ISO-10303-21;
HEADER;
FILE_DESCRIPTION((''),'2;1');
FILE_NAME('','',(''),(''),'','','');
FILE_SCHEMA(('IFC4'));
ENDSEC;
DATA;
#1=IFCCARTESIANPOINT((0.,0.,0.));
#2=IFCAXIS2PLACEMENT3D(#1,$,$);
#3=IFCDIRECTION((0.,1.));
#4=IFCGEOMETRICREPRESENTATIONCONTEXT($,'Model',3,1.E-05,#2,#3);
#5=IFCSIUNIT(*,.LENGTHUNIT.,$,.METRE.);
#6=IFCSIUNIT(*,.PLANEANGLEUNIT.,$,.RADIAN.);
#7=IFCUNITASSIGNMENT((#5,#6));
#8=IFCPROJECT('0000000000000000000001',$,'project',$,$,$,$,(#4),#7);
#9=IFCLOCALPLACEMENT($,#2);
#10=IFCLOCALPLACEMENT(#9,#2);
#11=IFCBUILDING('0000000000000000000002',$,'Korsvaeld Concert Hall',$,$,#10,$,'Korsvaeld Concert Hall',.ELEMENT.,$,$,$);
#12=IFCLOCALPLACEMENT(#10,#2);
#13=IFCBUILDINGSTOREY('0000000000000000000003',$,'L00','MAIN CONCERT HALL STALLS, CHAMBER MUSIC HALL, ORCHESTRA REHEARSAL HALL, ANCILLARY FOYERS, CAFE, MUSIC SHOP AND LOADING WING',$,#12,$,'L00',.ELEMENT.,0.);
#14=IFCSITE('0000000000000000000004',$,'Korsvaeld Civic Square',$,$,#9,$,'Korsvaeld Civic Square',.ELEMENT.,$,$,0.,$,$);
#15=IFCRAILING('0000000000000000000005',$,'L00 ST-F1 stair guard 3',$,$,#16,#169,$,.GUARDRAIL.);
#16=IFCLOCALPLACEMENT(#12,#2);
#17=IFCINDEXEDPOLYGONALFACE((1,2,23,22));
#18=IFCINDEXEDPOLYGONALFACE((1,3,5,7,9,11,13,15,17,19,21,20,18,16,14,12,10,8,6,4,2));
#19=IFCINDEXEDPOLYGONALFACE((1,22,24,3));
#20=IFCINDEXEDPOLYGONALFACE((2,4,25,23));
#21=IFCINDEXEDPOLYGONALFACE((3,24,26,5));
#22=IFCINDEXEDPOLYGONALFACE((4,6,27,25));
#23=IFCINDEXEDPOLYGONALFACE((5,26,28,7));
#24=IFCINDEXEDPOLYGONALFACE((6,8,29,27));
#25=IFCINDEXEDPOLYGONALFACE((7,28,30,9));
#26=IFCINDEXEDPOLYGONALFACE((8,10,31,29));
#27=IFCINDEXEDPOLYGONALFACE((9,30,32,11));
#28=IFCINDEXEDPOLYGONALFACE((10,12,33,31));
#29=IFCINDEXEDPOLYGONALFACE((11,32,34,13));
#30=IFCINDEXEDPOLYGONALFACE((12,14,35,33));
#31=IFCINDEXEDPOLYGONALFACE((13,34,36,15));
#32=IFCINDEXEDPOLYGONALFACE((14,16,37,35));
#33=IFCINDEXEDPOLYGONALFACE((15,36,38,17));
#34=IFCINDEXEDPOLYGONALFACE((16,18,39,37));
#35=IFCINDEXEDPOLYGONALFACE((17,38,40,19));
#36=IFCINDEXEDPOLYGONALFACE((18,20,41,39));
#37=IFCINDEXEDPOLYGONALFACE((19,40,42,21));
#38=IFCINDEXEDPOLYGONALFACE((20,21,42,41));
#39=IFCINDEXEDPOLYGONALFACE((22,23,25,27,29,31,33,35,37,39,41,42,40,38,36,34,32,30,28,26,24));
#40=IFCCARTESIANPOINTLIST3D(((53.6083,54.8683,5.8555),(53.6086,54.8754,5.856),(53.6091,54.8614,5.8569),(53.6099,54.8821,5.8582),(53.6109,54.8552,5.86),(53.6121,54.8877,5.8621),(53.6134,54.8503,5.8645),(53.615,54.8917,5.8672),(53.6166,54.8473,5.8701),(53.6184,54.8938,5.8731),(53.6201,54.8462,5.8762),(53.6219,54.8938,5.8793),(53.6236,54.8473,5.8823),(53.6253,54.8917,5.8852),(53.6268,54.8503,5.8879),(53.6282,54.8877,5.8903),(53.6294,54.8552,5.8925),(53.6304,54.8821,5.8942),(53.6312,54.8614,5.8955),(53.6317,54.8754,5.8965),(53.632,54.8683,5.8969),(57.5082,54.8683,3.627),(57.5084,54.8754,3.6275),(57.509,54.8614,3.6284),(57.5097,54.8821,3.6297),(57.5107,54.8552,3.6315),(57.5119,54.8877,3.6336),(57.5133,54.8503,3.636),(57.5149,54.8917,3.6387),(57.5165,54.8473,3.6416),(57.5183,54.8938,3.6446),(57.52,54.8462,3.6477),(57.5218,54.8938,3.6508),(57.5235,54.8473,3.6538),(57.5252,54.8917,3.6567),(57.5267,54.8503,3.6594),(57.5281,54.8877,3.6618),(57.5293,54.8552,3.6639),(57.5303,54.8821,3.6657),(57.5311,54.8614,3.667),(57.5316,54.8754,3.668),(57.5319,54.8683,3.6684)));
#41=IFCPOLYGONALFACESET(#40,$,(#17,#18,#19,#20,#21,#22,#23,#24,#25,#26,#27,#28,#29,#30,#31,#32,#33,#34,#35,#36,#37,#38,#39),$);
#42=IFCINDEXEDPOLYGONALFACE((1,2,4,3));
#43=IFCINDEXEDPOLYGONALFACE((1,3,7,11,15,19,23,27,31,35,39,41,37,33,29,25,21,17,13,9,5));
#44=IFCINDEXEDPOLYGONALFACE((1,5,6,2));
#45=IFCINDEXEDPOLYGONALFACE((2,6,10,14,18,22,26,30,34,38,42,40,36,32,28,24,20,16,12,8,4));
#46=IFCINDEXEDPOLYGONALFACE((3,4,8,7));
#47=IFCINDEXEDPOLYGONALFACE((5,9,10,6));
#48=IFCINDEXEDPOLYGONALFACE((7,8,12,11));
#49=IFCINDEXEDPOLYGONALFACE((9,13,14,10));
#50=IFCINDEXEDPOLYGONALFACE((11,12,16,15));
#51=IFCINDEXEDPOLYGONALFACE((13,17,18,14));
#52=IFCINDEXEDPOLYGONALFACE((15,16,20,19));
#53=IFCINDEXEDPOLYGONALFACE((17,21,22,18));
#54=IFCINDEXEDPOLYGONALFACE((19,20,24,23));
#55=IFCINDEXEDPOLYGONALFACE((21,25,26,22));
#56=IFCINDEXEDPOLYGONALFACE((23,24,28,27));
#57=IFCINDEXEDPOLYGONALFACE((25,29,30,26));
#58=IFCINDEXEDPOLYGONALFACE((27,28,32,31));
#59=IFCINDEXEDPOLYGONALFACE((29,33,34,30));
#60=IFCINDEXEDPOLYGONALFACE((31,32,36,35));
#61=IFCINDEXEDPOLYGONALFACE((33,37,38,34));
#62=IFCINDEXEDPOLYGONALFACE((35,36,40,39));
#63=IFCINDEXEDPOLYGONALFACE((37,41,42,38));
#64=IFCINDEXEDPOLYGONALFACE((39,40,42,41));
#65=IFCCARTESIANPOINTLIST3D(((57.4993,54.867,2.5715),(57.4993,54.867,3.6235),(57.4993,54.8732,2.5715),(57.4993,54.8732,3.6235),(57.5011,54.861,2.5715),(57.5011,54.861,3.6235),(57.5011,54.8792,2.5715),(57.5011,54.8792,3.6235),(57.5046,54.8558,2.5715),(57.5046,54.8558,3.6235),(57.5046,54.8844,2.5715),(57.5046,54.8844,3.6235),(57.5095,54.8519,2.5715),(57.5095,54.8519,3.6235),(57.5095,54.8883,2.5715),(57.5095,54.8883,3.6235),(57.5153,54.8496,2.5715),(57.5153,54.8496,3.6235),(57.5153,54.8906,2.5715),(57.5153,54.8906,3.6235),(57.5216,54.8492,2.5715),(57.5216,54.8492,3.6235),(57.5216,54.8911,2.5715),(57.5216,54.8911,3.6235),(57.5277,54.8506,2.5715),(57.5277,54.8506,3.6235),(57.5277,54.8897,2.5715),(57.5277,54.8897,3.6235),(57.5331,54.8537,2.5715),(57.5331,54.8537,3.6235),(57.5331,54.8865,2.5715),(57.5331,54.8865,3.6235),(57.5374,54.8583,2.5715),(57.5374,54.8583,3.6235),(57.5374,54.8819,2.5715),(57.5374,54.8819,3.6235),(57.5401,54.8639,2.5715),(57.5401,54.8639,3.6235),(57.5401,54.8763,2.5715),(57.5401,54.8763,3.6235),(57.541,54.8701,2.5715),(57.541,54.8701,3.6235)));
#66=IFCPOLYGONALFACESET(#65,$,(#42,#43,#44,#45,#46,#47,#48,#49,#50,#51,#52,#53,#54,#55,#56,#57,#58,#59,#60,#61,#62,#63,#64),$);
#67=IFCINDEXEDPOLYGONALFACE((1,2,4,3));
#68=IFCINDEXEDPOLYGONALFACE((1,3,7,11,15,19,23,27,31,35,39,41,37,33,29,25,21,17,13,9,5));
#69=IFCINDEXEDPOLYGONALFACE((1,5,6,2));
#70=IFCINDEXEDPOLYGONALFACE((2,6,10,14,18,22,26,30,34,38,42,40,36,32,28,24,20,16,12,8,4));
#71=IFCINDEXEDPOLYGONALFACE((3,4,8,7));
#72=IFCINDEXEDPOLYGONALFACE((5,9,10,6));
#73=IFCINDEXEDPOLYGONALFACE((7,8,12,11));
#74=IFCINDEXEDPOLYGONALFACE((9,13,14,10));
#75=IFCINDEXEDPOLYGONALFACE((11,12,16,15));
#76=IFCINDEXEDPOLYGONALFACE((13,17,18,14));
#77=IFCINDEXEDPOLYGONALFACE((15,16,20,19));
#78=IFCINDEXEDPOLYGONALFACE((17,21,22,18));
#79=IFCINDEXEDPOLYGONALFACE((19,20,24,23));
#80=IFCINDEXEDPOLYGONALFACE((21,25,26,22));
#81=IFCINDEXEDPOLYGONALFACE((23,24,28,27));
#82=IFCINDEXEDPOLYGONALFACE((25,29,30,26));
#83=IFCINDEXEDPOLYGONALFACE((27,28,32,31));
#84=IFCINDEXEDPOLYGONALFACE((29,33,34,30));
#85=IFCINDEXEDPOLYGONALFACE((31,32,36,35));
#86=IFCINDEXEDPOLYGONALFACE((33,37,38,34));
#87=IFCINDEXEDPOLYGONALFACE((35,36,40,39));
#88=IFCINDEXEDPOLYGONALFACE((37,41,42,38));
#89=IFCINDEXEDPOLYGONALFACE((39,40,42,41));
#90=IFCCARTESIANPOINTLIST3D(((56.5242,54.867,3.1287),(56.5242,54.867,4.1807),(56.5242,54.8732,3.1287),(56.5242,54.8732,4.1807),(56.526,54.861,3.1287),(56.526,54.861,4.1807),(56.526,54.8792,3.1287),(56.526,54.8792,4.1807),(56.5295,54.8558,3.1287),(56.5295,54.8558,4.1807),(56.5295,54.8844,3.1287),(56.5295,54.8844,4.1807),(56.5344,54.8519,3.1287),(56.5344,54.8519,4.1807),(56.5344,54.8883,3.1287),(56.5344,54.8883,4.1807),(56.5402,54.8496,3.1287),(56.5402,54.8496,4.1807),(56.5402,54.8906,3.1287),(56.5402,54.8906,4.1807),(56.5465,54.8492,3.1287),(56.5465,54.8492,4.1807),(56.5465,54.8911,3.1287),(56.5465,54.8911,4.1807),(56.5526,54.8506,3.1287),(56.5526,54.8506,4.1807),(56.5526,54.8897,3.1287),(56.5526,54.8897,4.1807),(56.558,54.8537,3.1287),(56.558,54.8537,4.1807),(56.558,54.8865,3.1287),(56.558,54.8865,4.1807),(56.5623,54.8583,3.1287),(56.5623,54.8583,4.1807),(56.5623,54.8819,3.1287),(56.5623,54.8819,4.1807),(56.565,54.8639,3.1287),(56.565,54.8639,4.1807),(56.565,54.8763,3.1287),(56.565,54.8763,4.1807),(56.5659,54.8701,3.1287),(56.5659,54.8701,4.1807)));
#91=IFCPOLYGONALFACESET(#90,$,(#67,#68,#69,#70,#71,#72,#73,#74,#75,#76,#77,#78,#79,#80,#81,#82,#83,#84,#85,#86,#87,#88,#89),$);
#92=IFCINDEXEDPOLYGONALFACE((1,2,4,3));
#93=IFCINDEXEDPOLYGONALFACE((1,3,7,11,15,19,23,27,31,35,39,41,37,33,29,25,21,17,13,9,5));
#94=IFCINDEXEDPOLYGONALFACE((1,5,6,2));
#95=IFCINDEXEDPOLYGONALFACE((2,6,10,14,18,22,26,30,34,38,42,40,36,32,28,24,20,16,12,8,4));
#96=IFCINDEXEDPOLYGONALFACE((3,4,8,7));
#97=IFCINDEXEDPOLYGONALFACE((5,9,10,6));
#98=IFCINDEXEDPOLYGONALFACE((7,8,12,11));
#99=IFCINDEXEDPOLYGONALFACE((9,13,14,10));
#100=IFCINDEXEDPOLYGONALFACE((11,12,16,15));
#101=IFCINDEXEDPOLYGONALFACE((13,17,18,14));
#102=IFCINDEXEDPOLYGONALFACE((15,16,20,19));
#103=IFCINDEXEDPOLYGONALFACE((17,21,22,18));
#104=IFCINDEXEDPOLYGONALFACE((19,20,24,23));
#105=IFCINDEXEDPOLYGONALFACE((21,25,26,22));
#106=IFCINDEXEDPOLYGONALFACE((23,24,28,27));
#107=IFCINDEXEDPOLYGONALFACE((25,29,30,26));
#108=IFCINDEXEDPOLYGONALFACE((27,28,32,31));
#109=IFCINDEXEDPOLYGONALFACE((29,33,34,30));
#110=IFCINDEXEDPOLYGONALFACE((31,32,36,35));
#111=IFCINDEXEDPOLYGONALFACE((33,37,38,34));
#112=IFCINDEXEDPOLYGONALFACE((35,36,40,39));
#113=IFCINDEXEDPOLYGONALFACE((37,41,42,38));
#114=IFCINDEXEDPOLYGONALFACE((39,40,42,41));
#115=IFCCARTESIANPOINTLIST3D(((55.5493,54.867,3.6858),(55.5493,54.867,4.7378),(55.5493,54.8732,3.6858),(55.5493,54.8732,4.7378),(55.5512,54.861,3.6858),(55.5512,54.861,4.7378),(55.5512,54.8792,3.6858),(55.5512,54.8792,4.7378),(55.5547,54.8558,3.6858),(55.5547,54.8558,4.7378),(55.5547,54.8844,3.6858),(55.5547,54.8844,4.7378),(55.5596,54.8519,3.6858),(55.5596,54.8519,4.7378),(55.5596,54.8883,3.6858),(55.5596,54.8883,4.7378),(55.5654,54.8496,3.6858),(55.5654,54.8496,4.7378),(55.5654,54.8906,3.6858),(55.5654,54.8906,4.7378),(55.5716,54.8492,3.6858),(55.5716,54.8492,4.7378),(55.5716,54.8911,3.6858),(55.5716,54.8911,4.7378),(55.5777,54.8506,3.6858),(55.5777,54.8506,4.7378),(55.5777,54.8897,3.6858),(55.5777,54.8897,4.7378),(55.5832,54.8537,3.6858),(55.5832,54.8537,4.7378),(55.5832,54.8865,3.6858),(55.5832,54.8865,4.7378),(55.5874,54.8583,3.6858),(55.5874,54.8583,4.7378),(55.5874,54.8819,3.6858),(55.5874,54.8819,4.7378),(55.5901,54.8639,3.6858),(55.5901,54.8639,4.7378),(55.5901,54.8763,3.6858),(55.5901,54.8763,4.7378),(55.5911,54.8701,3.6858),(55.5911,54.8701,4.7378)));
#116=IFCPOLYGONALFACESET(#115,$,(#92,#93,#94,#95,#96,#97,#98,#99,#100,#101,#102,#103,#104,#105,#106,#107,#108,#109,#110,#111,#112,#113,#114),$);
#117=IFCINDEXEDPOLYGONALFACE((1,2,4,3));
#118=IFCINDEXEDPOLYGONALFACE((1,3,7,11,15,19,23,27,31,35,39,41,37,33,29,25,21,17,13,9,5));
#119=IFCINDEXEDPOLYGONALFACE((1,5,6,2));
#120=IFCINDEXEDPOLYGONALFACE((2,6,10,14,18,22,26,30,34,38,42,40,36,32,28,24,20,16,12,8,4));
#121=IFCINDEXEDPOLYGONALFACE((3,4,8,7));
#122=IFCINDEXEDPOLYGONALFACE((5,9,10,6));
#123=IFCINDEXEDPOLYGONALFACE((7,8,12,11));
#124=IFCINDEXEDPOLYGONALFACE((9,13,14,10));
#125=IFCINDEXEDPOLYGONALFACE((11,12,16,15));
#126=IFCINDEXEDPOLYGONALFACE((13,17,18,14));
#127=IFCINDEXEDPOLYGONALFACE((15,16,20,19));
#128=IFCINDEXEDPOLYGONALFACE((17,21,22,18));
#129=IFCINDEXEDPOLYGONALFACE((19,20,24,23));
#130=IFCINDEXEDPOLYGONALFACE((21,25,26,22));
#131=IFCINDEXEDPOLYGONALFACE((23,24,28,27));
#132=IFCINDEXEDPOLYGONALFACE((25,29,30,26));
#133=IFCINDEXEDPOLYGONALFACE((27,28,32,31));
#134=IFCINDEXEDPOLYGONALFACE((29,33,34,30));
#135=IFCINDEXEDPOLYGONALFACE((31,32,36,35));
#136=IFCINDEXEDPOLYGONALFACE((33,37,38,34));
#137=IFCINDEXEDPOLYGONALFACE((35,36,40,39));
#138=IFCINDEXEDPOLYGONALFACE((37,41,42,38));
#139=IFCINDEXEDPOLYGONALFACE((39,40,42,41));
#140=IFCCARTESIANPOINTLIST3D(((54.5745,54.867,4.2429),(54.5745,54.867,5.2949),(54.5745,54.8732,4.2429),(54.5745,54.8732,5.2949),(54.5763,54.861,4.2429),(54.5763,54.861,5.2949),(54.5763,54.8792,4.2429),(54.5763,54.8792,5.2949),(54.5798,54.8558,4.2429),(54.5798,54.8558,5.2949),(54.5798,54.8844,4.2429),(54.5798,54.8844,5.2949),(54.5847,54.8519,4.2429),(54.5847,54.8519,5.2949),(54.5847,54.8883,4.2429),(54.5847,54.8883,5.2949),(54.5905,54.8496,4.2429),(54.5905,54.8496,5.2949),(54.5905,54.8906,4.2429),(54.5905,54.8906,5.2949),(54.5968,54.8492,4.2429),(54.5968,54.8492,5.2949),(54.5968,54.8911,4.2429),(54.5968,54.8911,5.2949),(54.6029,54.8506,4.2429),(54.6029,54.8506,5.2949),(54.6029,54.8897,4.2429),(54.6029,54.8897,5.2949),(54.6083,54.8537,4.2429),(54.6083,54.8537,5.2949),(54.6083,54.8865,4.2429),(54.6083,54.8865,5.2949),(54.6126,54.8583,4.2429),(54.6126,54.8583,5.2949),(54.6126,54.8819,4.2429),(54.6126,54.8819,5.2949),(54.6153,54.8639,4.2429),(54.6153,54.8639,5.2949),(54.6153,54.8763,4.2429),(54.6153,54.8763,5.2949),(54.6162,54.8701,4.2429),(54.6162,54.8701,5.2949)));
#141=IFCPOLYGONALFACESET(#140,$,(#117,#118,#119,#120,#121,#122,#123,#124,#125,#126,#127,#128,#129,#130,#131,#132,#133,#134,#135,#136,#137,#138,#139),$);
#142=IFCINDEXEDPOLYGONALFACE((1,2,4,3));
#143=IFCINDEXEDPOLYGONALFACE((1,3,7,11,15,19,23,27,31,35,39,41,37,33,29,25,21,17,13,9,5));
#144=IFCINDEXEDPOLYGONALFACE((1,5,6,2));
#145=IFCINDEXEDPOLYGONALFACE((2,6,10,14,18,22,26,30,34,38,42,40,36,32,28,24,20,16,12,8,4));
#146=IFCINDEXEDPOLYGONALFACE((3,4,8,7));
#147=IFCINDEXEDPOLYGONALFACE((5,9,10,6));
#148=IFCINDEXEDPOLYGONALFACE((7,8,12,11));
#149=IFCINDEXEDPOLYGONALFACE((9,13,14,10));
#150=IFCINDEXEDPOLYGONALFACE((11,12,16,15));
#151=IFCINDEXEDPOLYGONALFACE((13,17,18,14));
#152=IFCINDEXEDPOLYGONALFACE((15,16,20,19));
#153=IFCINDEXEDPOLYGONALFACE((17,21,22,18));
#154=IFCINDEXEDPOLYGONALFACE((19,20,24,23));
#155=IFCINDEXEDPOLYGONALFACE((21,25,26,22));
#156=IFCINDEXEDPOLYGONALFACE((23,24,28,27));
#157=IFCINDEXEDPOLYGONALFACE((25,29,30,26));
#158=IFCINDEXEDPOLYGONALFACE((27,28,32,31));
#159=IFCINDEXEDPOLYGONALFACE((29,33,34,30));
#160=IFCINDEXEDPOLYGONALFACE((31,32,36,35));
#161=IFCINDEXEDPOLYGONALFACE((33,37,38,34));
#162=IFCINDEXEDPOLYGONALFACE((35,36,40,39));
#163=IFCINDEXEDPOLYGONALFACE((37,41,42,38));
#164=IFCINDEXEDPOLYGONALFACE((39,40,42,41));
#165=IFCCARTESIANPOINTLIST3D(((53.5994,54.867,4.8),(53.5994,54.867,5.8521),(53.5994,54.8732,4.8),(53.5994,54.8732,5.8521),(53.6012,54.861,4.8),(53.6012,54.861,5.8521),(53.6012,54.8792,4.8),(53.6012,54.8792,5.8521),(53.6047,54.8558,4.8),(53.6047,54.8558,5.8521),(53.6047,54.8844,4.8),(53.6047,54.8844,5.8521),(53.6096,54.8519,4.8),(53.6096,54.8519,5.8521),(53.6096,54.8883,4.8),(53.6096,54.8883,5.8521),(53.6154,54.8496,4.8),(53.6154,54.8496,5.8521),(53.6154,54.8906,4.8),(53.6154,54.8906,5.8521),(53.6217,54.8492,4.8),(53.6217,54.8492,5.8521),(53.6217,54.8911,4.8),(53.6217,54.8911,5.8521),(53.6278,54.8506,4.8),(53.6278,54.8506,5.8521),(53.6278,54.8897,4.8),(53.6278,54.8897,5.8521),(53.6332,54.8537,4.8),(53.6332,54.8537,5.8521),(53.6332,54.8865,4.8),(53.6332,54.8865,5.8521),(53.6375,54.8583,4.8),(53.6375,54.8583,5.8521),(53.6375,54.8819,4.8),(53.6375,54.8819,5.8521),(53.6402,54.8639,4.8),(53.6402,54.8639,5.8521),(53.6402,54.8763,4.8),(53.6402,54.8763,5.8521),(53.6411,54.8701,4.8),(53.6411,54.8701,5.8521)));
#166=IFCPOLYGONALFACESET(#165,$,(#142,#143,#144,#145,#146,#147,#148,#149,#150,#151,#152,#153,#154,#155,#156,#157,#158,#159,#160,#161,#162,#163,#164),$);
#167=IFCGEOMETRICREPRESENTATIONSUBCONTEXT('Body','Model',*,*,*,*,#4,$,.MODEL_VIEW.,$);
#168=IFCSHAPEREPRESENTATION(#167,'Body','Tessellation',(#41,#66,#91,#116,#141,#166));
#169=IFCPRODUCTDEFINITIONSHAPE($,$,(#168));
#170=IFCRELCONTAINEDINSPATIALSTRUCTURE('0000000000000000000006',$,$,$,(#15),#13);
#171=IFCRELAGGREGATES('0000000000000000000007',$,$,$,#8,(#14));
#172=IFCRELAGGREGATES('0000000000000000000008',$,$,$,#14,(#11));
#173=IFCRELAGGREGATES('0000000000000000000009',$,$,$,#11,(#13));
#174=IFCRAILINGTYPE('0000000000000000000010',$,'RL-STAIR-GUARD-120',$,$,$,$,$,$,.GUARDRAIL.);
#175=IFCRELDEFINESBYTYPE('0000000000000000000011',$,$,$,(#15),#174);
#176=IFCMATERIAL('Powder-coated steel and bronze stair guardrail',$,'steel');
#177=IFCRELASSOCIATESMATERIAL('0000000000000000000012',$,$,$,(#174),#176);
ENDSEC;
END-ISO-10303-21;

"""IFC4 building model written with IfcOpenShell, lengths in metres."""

from ifc_helpers import new_model, si_unit, direction, frame, origin, origin_2d, place, context, subcontext, project, spatial, circle, extrude, material, type_object, element, save


model = new_model("IFC4")

# Units and contexts
model_context = context("Model", 3, precision=1e-05, world=origin(), true_north=direction((0.0, 1.0)))
body_context = subcontext(model_context, "Body", "Model", "MODEL_VIEW")
ifc_project = project(units=[si_unit("LENGTHUNIT", "METRE"), si_unit("PLANEANGLEUNIT", "RADIAN")], contexts=[model_context])

# Site, building, storey
site_placement = place(None, origin())
site = spatial("IfcSite", under=ifc_project, at=site_placement, Name="Korsvaeld Civic Square", LongName="Korsvaeld Civic Square", CompositionType="ELEMENT", RefElevation=0.0)
building_placement = place(site_placement, origin())
building = spatial("IfcBuilding", under=site, at=building_placement, Name="Korsvaeld Concert Hall", LongName="Korsvaeld Concert Hall", CompositionType="ELEMENT")
storey_placement = place(building_placement, origin())
storey = spatial("IfcBuildingStorey", under=building, at=storey_placement, Name="L00", Description="MAIN CONCERT HALL STALLS, CHAMBER MUSIC HALL, ORCHESTRA REHEARSAL HALL, ANCILLARY FOYERS, CAFE, MUSIC SHOP AND LOADING WING", LongName="L00", CompositionType="ELEMENT", Elevation=0.0)

# Railing
ifc_material_1 = material(Name="Powder-coated steel and bronze stair guardrail", Category="steel")
railing_type_1 = type_object("IfcRailingType", Name="RL-STAIR-GUARD-120", PredefinedType="GUARDRAIL", material=ifc_material_1)
railing_1_placement = place(storey_placement, frame((57.52, 54.8701, 2.5715)))
element("IfcRailing", 1, at=railing_1_placement, inside=storey, type_object=railing_type_1, Name="L00 ST-F1 stair guard 3", PredefinedType="GUARDRAIL", context=body_context, shape_type="SweptSolid", body=[
    extrude(circle(Radius=0.0239, at=origin_2d()), frame((0.0, 0.0, 1.0762), z_axis=(-0.868243, 0.0, 0.496139), x_axis=(0.0, -1.0, 0.0)), (0.0, 0.0, 1.0), 4.4917),
    extrude(circle(Radius=0.021, at=origin_2d()), origin(), (0.0, 0.0, 1.0), 1.052),
    extrude(circle(Radius=0.021, at=origin_2d()), frame((-0.9751, 0.0, 0.5571)), (0.0, 0.0, 1.0), 1.052),
    extrude(circle(Radius=0.021, at=origin_2d()), frame((-1.95, 0.0, 1.1143)), (0.0, 0.0, 1.0), 1.052),
    extrude(circle(Radius=0.021, at=origin_2d()), frame((-2.9248, 0.0, 1.6714)), (0.0, 0.0, 1.0), 1.052),
    extrude(circle(Radius=0.021, at=origin_2d()), frame((-3.8999, 0.0, 2.2285)), (0.0, 0.0, 1.0), 1.052),
])

save(model, "model.ifc")
